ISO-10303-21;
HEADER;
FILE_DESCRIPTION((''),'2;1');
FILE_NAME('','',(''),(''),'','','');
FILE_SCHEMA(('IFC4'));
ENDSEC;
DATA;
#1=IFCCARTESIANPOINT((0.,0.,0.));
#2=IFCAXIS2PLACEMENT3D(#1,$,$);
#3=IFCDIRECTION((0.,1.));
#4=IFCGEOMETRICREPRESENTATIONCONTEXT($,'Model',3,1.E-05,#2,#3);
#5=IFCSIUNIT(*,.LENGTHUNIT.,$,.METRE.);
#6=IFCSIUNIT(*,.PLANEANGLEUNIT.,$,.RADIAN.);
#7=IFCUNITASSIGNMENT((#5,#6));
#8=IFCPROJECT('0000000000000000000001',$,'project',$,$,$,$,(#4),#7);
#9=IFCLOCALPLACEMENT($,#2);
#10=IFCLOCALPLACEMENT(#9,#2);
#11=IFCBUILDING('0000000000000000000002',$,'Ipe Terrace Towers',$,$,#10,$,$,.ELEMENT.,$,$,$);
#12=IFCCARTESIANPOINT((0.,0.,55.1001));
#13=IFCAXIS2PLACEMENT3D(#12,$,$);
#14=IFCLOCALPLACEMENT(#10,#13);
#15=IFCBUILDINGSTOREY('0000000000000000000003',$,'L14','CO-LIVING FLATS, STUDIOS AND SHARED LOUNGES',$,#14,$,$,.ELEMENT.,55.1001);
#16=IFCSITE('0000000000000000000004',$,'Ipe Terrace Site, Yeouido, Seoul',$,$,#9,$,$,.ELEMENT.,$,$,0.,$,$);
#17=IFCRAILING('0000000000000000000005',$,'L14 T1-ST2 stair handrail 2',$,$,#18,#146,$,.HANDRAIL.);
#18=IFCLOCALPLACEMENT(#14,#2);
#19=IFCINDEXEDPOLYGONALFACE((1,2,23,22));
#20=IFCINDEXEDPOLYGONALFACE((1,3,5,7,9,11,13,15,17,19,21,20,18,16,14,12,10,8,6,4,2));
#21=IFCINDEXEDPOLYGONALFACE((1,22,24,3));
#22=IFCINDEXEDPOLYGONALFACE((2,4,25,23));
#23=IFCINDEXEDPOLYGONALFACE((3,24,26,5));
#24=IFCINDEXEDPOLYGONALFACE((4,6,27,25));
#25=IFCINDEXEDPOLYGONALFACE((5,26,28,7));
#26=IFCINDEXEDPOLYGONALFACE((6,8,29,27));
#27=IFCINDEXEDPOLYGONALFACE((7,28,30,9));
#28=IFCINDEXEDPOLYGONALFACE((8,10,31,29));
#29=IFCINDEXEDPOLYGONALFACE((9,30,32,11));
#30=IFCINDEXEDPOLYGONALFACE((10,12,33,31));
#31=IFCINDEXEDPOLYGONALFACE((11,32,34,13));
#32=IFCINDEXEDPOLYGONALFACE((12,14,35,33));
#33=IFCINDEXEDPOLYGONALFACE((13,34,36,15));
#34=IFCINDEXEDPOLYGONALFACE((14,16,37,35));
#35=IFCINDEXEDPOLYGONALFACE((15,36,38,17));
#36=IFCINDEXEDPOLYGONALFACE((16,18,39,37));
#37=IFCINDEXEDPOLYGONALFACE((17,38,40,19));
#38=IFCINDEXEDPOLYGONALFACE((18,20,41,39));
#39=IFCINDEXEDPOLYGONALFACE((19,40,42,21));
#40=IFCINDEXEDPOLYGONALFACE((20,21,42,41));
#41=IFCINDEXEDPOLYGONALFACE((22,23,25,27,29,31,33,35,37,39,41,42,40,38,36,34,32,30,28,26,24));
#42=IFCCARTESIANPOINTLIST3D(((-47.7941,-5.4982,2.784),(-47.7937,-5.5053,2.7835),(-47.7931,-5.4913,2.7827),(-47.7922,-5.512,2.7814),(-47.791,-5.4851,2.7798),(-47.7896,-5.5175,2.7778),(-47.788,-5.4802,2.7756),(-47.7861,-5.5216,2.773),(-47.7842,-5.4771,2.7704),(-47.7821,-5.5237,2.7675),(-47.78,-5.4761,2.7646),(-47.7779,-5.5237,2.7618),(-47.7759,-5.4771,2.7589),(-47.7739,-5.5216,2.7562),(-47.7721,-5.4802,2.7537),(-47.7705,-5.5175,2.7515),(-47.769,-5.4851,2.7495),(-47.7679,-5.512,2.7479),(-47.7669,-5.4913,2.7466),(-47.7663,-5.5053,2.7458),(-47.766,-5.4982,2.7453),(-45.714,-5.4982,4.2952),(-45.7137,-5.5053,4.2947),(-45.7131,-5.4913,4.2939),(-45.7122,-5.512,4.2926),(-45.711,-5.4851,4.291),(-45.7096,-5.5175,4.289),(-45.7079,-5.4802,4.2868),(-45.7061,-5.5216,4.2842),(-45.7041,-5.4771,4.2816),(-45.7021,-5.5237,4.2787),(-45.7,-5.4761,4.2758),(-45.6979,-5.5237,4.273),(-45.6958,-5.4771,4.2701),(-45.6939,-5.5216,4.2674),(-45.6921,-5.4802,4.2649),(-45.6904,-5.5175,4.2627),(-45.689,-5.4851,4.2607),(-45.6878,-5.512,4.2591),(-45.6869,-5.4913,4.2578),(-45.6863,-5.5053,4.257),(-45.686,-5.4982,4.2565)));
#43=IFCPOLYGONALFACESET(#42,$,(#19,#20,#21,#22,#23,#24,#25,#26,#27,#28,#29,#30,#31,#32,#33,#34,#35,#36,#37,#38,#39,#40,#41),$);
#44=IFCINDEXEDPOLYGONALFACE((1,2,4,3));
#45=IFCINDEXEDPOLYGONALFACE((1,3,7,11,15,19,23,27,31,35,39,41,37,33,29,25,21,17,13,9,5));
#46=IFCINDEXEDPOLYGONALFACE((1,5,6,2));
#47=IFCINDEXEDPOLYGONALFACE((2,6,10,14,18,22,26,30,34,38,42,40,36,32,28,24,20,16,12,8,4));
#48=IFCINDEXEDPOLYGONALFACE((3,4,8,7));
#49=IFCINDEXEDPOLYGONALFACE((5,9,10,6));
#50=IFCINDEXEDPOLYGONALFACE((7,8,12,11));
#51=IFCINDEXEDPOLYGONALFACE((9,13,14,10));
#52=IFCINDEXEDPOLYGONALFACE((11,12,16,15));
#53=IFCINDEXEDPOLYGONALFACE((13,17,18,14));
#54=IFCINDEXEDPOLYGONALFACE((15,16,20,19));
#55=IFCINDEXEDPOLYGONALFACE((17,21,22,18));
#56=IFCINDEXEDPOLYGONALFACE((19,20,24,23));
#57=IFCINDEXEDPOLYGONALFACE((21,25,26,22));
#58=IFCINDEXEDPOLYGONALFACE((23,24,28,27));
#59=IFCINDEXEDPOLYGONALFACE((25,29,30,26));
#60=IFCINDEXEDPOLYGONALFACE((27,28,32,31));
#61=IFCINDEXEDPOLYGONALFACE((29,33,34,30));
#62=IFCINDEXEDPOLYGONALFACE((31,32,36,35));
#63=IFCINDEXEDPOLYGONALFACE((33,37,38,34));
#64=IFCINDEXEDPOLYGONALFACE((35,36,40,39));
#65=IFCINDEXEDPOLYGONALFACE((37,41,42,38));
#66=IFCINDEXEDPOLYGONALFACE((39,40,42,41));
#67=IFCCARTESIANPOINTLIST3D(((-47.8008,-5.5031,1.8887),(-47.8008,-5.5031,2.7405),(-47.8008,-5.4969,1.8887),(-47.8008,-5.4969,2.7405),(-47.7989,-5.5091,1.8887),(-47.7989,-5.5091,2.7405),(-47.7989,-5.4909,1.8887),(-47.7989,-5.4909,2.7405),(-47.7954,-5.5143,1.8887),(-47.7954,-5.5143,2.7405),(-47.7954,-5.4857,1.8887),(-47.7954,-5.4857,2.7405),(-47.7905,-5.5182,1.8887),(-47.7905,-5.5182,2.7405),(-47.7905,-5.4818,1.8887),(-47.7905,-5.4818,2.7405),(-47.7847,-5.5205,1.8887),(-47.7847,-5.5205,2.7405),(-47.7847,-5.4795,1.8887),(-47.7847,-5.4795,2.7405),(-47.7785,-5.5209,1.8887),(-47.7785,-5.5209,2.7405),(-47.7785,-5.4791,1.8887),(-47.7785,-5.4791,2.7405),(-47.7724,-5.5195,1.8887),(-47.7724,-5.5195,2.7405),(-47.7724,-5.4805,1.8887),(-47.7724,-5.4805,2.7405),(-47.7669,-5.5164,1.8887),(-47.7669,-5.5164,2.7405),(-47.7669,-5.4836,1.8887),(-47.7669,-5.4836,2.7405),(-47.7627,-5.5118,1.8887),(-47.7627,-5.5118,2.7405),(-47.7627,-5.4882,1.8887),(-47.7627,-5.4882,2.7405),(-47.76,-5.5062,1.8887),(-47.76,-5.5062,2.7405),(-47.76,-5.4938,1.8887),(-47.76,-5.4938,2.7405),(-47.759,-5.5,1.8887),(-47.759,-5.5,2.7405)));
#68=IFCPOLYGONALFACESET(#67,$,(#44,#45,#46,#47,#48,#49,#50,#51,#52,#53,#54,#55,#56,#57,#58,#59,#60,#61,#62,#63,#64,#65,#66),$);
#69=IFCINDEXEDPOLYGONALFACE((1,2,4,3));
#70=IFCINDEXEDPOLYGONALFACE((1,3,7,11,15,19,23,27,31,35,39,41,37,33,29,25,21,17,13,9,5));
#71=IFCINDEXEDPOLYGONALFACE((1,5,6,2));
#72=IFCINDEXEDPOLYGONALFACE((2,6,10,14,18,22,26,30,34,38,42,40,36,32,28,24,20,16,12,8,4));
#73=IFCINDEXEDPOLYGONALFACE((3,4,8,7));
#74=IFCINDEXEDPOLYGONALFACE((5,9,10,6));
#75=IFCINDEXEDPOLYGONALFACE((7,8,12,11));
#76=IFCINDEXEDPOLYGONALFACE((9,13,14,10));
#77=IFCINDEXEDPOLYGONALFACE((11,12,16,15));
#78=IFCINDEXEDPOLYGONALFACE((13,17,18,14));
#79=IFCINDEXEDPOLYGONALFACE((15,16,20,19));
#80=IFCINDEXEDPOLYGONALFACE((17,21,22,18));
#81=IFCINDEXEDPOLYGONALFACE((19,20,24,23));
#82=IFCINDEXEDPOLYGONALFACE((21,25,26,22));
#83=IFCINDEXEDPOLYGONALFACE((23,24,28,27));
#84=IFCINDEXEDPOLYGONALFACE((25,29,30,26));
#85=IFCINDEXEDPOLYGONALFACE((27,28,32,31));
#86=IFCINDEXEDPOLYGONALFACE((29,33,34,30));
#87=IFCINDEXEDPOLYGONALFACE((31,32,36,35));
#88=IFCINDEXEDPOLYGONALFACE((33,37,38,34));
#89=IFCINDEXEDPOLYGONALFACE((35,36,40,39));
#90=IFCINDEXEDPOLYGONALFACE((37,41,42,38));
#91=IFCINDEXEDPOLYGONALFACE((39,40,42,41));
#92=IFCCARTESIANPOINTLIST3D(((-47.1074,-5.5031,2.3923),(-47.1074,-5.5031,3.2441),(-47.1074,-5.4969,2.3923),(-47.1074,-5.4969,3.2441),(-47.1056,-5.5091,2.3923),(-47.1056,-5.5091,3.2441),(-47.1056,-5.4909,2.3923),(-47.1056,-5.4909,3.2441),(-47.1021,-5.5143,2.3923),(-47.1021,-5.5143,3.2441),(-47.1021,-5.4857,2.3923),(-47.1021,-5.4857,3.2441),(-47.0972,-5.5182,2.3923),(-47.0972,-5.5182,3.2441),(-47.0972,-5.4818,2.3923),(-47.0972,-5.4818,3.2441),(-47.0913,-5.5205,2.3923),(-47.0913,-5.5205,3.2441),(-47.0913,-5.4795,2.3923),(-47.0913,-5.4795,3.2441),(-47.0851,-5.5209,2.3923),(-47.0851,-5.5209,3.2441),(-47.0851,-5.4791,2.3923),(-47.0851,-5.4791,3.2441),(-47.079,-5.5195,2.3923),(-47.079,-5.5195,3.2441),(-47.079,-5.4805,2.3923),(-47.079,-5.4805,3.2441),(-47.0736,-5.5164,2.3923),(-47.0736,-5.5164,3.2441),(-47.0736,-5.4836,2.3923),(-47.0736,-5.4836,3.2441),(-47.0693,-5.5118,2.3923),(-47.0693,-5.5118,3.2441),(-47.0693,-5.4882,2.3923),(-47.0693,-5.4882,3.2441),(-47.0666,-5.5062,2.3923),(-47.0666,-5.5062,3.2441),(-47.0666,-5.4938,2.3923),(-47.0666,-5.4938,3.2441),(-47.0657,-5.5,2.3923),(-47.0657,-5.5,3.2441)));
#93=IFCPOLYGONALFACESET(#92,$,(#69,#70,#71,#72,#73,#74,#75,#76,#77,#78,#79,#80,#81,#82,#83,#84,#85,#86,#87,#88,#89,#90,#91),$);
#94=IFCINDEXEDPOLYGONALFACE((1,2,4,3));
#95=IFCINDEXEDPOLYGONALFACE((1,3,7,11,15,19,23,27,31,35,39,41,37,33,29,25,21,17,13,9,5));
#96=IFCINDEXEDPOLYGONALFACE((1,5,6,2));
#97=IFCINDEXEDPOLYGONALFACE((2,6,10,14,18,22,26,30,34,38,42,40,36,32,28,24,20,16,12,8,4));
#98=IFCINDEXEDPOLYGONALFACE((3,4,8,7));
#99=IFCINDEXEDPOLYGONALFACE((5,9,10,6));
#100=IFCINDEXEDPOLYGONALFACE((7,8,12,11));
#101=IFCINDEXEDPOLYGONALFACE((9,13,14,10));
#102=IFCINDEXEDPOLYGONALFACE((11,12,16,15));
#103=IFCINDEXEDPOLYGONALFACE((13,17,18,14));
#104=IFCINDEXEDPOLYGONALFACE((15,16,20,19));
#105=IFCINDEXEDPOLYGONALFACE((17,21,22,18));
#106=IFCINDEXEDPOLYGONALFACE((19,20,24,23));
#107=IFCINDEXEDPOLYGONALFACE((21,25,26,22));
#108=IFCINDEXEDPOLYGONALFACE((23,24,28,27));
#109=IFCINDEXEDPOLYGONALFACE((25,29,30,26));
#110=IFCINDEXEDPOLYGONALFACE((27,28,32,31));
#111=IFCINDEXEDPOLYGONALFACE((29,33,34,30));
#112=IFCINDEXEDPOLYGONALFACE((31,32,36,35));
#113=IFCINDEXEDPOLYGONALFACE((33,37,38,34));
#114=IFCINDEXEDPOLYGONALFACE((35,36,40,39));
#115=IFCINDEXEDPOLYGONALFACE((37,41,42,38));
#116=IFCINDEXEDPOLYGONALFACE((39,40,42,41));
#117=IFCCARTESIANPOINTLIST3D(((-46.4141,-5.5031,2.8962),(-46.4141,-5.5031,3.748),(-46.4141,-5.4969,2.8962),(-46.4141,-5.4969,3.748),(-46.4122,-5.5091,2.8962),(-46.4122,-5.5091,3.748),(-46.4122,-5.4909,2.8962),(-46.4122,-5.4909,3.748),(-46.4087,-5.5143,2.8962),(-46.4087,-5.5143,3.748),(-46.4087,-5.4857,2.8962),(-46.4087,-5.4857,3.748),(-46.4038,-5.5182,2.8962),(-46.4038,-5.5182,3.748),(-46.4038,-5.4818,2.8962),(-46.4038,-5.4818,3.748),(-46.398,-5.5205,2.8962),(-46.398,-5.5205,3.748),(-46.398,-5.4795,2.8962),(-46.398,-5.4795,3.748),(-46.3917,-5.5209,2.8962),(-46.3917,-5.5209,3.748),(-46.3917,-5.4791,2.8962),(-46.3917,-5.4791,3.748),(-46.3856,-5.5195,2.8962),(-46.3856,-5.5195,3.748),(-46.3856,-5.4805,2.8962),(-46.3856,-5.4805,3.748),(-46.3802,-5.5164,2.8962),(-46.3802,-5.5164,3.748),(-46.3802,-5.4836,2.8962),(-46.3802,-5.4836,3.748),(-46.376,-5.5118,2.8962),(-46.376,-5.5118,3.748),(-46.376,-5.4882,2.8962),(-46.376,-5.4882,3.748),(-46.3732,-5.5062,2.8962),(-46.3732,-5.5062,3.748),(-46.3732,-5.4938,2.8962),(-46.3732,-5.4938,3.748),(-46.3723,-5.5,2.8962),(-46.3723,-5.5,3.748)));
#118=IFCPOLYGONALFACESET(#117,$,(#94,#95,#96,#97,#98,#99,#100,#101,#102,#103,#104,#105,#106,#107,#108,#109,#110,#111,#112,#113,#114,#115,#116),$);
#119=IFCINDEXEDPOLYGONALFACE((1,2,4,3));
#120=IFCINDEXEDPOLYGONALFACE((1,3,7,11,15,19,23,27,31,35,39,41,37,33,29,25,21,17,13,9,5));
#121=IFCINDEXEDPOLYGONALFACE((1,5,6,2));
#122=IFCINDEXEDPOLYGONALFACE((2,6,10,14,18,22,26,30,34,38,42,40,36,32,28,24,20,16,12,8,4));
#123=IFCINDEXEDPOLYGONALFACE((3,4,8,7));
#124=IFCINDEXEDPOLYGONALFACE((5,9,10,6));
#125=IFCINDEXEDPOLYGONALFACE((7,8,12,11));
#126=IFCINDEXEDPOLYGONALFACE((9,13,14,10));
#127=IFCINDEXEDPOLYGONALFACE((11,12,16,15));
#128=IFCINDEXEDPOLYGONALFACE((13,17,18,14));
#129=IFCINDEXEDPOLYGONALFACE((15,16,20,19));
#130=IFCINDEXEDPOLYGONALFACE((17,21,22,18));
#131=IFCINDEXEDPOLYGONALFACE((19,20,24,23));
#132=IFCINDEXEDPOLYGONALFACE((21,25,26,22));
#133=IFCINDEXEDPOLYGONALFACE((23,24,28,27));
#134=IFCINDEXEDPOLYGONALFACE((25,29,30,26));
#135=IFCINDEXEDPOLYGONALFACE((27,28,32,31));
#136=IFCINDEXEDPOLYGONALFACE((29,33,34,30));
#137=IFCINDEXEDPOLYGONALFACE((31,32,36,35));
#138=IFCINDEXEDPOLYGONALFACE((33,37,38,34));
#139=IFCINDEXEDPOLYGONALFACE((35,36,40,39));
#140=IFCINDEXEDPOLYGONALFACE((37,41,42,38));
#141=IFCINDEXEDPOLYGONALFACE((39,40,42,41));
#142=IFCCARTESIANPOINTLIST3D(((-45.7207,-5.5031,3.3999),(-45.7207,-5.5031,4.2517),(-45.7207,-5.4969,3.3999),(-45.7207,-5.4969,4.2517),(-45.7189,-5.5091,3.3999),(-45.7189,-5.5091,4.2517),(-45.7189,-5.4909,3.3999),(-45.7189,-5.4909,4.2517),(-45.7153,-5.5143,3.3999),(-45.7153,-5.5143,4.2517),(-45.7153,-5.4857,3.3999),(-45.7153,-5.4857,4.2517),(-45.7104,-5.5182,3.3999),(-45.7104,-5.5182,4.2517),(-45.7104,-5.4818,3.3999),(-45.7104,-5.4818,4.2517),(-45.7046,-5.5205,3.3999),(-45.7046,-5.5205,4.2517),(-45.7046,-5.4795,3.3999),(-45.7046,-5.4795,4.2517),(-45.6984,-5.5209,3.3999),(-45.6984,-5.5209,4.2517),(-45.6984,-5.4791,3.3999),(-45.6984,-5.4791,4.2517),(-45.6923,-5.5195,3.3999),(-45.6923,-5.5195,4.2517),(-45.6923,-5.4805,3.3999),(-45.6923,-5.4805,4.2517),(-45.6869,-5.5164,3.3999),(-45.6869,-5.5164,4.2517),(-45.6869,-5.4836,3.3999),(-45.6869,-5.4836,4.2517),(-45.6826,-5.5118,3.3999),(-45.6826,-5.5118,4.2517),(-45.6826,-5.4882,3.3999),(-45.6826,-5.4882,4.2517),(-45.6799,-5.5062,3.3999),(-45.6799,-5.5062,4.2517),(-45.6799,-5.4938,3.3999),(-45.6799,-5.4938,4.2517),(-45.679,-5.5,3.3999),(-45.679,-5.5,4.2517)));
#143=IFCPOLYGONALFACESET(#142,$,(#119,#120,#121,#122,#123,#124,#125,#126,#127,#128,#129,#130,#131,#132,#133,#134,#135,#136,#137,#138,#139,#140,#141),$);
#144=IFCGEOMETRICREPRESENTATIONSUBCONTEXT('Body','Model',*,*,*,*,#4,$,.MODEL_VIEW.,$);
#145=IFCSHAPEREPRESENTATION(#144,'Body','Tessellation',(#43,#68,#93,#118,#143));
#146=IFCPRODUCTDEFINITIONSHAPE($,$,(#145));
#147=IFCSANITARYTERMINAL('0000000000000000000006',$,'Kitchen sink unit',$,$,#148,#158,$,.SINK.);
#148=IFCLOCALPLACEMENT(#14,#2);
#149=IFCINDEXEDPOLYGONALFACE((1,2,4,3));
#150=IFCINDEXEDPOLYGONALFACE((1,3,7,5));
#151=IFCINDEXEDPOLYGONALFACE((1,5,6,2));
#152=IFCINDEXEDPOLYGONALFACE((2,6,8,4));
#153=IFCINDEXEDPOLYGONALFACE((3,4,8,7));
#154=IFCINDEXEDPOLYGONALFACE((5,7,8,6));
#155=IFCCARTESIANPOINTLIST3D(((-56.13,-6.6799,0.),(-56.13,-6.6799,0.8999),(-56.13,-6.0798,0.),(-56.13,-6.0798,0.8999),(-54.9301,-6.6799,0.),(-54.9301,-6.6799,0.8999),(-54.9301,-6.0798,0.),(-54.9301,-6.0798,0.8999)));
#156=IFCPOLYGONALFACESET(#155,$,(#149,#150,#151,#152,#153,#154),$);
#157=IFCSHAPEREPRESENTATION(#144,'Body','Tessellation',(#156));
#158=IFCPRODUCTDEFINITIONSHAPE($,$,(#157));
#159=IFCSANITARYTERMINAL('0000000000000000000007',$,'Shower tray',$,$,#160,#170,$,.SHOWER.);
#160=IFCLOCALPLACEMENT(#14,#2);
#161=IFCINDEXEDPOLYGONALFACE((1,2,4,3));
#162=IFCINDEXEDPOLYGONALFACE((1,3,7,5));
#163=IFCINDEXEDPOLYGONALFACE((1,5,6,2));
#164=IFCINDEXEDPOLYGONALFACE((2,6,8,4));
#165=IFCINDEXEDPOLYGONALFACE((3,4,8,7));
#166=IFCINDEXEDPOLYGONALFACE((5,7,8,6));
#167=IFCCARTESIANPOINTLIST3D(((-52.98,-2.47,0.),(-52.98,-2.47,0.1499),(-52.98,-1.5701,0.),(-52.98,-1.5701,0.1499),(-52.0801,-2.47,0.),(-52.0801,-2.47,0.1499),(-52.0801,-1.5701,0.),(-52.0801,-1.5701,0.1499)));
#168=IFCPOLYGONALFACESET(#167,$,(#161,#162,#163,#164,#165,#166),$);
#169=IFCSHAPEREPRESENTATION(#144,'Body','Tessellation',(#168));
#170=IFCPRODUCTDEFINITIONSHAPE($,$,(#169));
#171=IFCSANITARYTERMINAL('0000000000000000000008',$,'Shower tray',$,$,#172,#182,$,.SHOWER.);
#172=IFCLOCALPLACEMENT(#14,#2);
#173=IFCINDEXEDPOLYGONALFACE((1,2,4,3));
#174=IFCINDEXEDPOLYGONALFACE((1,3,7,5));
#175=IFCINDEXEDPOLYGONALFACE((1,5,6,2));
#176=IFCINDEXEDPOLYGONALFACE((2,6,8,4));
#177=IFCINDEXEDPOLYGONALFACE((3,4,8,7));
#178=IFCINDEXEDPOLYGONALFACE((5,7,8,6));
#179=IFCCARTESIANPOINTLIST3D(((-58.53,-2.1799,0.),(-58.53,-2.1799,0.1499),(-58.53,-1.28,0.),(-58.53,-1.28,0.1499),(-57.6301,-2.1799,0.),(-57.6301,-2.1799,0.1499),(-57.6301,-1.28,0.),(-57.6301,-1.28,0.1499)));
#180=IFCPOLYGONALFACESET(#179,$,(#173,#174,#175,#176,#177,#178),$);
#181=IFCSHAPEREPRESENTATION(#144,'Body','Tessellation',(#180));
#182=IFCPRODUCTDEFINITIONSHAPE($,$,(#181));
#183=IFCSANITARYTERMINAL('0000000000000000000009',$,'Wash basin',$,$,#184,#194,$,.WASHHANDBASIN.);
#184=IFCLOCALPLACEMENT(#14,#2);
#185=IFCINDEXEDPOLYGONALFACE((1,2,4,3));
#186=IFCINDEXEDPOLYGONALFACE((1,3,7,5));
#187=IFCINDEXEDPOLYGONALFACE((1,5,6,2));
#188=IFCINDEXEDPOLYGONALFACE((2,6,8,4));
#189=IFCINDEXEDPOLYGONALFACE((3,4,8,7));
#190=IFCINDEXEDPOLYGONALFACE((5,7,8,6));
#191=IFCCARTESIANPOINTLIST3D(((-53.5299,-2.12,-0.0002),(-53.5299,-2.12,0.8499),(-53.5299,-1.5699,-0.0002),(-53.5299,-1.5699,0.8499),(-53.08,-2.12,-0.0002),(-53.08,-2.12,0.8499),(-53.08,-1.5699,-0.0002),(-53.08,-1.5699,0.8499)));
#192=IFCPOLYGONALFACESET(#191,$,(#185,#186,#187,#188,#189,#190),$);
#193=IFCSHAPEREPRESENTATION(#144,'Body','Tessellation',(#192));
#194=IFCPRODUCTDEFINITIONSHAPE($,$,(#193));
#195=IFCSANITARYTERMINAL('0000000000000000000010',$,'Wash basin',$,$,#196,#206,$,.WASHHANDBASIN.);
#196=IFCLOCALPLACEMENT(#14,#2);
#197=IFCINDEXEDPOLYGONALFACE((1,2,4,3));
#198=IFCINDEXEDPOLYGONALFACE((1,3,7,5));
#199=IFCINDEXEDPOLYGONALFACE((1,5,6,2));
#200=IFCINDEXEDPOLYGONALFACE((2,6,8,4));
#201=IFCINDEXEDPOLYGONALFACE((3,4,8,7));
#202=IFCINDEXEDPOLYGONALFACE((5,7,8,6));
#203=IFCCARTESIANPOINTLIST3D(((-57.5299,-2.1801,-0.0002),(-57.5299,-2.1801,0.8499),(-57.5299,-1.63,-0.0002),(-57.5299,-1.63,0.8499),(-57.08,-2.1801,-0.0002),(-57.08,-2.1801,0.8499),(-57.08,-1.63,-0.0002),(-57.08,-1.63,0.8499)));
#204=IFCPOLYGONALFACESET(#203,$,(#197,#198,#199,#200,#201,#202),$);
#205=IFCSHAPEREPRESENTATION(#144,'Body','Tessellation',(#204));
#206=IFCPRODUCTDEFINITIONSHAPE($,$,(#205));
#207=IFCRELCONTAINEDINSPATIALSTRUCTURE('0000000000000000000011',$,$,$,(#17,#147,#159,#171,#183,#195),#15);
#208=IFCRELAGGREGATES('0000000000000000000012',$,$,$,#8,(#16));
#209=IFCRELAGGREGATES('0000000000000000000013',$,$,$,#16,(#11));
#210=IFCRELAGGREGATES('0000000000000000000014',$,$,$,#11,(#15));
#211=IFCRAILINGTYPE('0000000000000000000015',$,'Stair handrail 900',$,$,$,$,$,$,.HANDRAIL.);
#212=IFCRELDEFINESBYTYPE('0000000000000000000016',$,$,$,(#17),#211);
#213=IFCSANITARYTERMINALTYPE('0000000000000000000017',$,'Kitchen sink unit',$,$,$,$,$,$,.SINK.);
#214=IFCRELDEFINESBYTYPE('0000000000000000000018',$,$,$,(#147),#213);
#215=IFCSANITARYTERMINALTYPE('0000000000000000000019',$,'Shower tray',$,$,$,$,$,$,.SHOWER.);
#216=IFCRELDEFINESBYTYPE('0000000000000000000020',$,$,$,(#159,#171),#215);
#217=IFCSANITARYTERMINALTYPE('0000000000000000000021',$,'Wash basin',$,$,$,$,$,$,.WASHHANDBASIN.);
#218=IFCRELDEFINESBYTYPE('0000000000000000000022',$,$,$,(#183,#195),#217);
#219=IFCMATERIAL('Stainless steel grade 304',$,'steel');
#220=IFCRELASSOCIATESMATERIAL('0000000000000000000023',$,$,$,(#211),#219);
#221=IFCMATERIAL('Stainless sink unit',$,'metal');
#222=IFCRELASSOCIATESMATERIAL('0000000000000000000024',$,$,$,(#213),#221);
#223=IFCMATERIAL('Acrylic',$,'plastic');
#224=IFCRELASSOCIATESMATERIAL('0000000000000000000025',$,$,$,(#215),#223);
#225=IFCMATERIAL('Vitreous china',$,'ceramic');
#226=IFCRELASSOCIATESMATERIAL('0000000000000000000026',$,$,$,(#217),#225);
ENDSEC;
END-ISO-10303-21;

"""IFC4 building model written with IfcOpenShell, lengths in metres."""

from ifc_helpers import new_model, si_unit, direction, frame, origin, origin_2d, place, context, subcontext, project, spatial, rectangle, circle, extrude, material, type_object, element, save


model = new_model("IFC4")

# Units and contexts
model_context = context("Model", 3, precision=1e-05, world=origin(), true_north=direction((0.0, 1.0)))
body_context = subcontext(model_context, "Body", "Model", "MODEL_VIEW")
ifc_project = project(units=[si_unit("LENGTHUNIT", "METRE"), si_unit("PLANEANGLEUNIT", "RADIAN")], contexts=[model_context])

# Site, building, storey
site_placement = place(None, origin())
site = spatial("IfcSite", under=ifc_project, at=site_placement, Name="Ipe Terrace Site, Yeouido, Seoul", CompositionType="ELEMENT", RefElevation=0.0)
building_placement = place(site_placement, origin())
building = spatial("IfcBuilding", under=site, at=building_placement, Name="Ipe Terrace Towers", CompositionType="ELEMENT")
storey_placement = place(building_placement, frame((0.0, 0.0, 55.1001)))
storey = spatial("IfcBuildingStorey", under=building, at=storey_placement, Name="L14", Description="CO-LIVING FLATS, STUDIOS AND SHARED LOUNGES", CompositionType="ELEMENT", Elevation=55.1001)

# Railing
ifc_material_1 = material(Name="Stainless steel grade 304", Category="steel")
railing_type_1 = type_object("IfcRailingType", Name="Stair handrail 900", PredefinedType="HANDRAIL", material=ifc_material_1)
railing_1_placement = place(storey_placement, frame((-47.78, -5.5, 1.8887)))
element("IfcRailing", 1, at=railing_1_placement, inside=storey, type_object=railing_type_1, Name="L14 T1-ST2 stair handrail 2", PredefinedType="HANDRAIL", context=body_context, shape_type="SweptSolid", body=[
    extrude(circle(Radius=0.0239, at=origin_2d()), frame((0.0, 0.0, 0.876), z_axis=(0.809023, 0.0, 0.587776), x_axis=(0.0, 1.0, 0.0)), (0.0, 0.0, 1.0), 2.571),
    extrude(circle(Radius=0.021, at=origin_2d()), origin(), (0.0, 0.0, 1.0), 0.8518),
    extrude(circle(Radius=0.021, at=origin_2d()), frame((0.6934, 0.0, 0.5037)), (0.0, 0.0, 1.0), 0.8518),
    extrude(circle(Radius=0.021, at=origin_2d()), frame((1.3867, 0.0, 1.0076)), (0.0, 0.0, 1.0), 0.8518),
    extrude(circle(Radius=0.021, at=origin_2d()), frame((2.0801, 0.0, 1.5112)), (0.0, 0.0, 1.0), 0.8518),
])

# Sanitary terminals
ifc_material_2 = material(Name="Stainless sink unit", Category="metal")
sanitary_terminal_type_1 = type_object("IfcSanitaryTerminalType", Name="Kitchen sink unit", PredefinedType="SINK", material=ifc_material_2)
sanitary_terminal_1_placement = place(storey_placement, frame((-55.53, -6.3799, 0.0), z_axis=(0.0, 0.0, 1.0), x_axis=(-1.0, 0.0, 0.0)))
element("IfcSanitaryTerminal", 2, at=sanitary_terminal_1_placement, inside=storey, type_object=sanitary_terminal_type_1, Name="Kitchen sink unit", PredefinedType="SINK", context=body_context, shape_type="SweptSolid", body=[
    extrude(rectangle(XDim=1.2, YDim=0.6001, at=origin_2d()), origin(), (0.0, 0.0, 1.0), 0.8999),
])
ifc_material_3 = material(Name="Acrylic", Category="plastic")
sanitary_terminal_type_2 = type_object("IfcSanitaryTerminalType", Name="Shower tray", PredefinedType="SHOWER", material=ifc_material_3)
for number, where, z_axis, x_axis, name in (
    (3, (-52.53, -2.02, 0.0), (0.0, 0.0, 1.0), (0.0, -1.0, 0.0), "Shower tray"),
    (4, (-58.0801, -1.73, 0.0), (0.0, 0.0, 1.0), (0.0, 1.0, 0.0), "Shower tray"),
):
    element("IfcSanitaryTerminal", number, at=place(storey_placement, frame(where, z_axis=z_axis, x_axis=x_axis)), inside=storey, type_object=sanitary_terminal_type_2, Name=name, PredefinedType="SHOWER", context=body_context, shape_type="SweptSolid", body=[
        extrude(rectangle(XDim=0.8999, YDim=0.8999, at=origin_2d()), origin(), (0.0, 0.0, 1.0), 0.1499),
    ])
ifc_material_4 = material(Name="Vitreous china", Category="ceramic")
sanitary_terminal_type_3 = type_object("IfcSanitaryTerminalType", Name="Wash basin", PredefinedType="WASHHANDBASIN", material=ifc_material_4)
for number, where, z_axis, x_axis, name in (
    (5, (-53.3049, -1.845, -0.0002), (0.0, 0.0, 1.0), (0.0, -1.0, 0.0), "Wash basin"),
    (6, (-57.3049, -1.905, -0.0002), (0.0, 0.0, 1.0), (0.0, 1.0, 0.0), "Wash basin"),
):
    element("IfcSanitaryTerminal", number, at=place(storey_placement, frame(where, z_axis=z_axis, x_axis=x_axis)), inside=storey, type_object=sanitary_terminal_type_3, Name=name, PredefinedType="WASHHANDBASIN", context=body_context, shape_type="SweptSolid", body=[
        extrude(rectangle(XDim=0.55, YDim=0.45, at=origin_2d()), origin(), (0.0, 0.0, 1.0), 0.8501),
    ])

save(model, "model.ifc")
